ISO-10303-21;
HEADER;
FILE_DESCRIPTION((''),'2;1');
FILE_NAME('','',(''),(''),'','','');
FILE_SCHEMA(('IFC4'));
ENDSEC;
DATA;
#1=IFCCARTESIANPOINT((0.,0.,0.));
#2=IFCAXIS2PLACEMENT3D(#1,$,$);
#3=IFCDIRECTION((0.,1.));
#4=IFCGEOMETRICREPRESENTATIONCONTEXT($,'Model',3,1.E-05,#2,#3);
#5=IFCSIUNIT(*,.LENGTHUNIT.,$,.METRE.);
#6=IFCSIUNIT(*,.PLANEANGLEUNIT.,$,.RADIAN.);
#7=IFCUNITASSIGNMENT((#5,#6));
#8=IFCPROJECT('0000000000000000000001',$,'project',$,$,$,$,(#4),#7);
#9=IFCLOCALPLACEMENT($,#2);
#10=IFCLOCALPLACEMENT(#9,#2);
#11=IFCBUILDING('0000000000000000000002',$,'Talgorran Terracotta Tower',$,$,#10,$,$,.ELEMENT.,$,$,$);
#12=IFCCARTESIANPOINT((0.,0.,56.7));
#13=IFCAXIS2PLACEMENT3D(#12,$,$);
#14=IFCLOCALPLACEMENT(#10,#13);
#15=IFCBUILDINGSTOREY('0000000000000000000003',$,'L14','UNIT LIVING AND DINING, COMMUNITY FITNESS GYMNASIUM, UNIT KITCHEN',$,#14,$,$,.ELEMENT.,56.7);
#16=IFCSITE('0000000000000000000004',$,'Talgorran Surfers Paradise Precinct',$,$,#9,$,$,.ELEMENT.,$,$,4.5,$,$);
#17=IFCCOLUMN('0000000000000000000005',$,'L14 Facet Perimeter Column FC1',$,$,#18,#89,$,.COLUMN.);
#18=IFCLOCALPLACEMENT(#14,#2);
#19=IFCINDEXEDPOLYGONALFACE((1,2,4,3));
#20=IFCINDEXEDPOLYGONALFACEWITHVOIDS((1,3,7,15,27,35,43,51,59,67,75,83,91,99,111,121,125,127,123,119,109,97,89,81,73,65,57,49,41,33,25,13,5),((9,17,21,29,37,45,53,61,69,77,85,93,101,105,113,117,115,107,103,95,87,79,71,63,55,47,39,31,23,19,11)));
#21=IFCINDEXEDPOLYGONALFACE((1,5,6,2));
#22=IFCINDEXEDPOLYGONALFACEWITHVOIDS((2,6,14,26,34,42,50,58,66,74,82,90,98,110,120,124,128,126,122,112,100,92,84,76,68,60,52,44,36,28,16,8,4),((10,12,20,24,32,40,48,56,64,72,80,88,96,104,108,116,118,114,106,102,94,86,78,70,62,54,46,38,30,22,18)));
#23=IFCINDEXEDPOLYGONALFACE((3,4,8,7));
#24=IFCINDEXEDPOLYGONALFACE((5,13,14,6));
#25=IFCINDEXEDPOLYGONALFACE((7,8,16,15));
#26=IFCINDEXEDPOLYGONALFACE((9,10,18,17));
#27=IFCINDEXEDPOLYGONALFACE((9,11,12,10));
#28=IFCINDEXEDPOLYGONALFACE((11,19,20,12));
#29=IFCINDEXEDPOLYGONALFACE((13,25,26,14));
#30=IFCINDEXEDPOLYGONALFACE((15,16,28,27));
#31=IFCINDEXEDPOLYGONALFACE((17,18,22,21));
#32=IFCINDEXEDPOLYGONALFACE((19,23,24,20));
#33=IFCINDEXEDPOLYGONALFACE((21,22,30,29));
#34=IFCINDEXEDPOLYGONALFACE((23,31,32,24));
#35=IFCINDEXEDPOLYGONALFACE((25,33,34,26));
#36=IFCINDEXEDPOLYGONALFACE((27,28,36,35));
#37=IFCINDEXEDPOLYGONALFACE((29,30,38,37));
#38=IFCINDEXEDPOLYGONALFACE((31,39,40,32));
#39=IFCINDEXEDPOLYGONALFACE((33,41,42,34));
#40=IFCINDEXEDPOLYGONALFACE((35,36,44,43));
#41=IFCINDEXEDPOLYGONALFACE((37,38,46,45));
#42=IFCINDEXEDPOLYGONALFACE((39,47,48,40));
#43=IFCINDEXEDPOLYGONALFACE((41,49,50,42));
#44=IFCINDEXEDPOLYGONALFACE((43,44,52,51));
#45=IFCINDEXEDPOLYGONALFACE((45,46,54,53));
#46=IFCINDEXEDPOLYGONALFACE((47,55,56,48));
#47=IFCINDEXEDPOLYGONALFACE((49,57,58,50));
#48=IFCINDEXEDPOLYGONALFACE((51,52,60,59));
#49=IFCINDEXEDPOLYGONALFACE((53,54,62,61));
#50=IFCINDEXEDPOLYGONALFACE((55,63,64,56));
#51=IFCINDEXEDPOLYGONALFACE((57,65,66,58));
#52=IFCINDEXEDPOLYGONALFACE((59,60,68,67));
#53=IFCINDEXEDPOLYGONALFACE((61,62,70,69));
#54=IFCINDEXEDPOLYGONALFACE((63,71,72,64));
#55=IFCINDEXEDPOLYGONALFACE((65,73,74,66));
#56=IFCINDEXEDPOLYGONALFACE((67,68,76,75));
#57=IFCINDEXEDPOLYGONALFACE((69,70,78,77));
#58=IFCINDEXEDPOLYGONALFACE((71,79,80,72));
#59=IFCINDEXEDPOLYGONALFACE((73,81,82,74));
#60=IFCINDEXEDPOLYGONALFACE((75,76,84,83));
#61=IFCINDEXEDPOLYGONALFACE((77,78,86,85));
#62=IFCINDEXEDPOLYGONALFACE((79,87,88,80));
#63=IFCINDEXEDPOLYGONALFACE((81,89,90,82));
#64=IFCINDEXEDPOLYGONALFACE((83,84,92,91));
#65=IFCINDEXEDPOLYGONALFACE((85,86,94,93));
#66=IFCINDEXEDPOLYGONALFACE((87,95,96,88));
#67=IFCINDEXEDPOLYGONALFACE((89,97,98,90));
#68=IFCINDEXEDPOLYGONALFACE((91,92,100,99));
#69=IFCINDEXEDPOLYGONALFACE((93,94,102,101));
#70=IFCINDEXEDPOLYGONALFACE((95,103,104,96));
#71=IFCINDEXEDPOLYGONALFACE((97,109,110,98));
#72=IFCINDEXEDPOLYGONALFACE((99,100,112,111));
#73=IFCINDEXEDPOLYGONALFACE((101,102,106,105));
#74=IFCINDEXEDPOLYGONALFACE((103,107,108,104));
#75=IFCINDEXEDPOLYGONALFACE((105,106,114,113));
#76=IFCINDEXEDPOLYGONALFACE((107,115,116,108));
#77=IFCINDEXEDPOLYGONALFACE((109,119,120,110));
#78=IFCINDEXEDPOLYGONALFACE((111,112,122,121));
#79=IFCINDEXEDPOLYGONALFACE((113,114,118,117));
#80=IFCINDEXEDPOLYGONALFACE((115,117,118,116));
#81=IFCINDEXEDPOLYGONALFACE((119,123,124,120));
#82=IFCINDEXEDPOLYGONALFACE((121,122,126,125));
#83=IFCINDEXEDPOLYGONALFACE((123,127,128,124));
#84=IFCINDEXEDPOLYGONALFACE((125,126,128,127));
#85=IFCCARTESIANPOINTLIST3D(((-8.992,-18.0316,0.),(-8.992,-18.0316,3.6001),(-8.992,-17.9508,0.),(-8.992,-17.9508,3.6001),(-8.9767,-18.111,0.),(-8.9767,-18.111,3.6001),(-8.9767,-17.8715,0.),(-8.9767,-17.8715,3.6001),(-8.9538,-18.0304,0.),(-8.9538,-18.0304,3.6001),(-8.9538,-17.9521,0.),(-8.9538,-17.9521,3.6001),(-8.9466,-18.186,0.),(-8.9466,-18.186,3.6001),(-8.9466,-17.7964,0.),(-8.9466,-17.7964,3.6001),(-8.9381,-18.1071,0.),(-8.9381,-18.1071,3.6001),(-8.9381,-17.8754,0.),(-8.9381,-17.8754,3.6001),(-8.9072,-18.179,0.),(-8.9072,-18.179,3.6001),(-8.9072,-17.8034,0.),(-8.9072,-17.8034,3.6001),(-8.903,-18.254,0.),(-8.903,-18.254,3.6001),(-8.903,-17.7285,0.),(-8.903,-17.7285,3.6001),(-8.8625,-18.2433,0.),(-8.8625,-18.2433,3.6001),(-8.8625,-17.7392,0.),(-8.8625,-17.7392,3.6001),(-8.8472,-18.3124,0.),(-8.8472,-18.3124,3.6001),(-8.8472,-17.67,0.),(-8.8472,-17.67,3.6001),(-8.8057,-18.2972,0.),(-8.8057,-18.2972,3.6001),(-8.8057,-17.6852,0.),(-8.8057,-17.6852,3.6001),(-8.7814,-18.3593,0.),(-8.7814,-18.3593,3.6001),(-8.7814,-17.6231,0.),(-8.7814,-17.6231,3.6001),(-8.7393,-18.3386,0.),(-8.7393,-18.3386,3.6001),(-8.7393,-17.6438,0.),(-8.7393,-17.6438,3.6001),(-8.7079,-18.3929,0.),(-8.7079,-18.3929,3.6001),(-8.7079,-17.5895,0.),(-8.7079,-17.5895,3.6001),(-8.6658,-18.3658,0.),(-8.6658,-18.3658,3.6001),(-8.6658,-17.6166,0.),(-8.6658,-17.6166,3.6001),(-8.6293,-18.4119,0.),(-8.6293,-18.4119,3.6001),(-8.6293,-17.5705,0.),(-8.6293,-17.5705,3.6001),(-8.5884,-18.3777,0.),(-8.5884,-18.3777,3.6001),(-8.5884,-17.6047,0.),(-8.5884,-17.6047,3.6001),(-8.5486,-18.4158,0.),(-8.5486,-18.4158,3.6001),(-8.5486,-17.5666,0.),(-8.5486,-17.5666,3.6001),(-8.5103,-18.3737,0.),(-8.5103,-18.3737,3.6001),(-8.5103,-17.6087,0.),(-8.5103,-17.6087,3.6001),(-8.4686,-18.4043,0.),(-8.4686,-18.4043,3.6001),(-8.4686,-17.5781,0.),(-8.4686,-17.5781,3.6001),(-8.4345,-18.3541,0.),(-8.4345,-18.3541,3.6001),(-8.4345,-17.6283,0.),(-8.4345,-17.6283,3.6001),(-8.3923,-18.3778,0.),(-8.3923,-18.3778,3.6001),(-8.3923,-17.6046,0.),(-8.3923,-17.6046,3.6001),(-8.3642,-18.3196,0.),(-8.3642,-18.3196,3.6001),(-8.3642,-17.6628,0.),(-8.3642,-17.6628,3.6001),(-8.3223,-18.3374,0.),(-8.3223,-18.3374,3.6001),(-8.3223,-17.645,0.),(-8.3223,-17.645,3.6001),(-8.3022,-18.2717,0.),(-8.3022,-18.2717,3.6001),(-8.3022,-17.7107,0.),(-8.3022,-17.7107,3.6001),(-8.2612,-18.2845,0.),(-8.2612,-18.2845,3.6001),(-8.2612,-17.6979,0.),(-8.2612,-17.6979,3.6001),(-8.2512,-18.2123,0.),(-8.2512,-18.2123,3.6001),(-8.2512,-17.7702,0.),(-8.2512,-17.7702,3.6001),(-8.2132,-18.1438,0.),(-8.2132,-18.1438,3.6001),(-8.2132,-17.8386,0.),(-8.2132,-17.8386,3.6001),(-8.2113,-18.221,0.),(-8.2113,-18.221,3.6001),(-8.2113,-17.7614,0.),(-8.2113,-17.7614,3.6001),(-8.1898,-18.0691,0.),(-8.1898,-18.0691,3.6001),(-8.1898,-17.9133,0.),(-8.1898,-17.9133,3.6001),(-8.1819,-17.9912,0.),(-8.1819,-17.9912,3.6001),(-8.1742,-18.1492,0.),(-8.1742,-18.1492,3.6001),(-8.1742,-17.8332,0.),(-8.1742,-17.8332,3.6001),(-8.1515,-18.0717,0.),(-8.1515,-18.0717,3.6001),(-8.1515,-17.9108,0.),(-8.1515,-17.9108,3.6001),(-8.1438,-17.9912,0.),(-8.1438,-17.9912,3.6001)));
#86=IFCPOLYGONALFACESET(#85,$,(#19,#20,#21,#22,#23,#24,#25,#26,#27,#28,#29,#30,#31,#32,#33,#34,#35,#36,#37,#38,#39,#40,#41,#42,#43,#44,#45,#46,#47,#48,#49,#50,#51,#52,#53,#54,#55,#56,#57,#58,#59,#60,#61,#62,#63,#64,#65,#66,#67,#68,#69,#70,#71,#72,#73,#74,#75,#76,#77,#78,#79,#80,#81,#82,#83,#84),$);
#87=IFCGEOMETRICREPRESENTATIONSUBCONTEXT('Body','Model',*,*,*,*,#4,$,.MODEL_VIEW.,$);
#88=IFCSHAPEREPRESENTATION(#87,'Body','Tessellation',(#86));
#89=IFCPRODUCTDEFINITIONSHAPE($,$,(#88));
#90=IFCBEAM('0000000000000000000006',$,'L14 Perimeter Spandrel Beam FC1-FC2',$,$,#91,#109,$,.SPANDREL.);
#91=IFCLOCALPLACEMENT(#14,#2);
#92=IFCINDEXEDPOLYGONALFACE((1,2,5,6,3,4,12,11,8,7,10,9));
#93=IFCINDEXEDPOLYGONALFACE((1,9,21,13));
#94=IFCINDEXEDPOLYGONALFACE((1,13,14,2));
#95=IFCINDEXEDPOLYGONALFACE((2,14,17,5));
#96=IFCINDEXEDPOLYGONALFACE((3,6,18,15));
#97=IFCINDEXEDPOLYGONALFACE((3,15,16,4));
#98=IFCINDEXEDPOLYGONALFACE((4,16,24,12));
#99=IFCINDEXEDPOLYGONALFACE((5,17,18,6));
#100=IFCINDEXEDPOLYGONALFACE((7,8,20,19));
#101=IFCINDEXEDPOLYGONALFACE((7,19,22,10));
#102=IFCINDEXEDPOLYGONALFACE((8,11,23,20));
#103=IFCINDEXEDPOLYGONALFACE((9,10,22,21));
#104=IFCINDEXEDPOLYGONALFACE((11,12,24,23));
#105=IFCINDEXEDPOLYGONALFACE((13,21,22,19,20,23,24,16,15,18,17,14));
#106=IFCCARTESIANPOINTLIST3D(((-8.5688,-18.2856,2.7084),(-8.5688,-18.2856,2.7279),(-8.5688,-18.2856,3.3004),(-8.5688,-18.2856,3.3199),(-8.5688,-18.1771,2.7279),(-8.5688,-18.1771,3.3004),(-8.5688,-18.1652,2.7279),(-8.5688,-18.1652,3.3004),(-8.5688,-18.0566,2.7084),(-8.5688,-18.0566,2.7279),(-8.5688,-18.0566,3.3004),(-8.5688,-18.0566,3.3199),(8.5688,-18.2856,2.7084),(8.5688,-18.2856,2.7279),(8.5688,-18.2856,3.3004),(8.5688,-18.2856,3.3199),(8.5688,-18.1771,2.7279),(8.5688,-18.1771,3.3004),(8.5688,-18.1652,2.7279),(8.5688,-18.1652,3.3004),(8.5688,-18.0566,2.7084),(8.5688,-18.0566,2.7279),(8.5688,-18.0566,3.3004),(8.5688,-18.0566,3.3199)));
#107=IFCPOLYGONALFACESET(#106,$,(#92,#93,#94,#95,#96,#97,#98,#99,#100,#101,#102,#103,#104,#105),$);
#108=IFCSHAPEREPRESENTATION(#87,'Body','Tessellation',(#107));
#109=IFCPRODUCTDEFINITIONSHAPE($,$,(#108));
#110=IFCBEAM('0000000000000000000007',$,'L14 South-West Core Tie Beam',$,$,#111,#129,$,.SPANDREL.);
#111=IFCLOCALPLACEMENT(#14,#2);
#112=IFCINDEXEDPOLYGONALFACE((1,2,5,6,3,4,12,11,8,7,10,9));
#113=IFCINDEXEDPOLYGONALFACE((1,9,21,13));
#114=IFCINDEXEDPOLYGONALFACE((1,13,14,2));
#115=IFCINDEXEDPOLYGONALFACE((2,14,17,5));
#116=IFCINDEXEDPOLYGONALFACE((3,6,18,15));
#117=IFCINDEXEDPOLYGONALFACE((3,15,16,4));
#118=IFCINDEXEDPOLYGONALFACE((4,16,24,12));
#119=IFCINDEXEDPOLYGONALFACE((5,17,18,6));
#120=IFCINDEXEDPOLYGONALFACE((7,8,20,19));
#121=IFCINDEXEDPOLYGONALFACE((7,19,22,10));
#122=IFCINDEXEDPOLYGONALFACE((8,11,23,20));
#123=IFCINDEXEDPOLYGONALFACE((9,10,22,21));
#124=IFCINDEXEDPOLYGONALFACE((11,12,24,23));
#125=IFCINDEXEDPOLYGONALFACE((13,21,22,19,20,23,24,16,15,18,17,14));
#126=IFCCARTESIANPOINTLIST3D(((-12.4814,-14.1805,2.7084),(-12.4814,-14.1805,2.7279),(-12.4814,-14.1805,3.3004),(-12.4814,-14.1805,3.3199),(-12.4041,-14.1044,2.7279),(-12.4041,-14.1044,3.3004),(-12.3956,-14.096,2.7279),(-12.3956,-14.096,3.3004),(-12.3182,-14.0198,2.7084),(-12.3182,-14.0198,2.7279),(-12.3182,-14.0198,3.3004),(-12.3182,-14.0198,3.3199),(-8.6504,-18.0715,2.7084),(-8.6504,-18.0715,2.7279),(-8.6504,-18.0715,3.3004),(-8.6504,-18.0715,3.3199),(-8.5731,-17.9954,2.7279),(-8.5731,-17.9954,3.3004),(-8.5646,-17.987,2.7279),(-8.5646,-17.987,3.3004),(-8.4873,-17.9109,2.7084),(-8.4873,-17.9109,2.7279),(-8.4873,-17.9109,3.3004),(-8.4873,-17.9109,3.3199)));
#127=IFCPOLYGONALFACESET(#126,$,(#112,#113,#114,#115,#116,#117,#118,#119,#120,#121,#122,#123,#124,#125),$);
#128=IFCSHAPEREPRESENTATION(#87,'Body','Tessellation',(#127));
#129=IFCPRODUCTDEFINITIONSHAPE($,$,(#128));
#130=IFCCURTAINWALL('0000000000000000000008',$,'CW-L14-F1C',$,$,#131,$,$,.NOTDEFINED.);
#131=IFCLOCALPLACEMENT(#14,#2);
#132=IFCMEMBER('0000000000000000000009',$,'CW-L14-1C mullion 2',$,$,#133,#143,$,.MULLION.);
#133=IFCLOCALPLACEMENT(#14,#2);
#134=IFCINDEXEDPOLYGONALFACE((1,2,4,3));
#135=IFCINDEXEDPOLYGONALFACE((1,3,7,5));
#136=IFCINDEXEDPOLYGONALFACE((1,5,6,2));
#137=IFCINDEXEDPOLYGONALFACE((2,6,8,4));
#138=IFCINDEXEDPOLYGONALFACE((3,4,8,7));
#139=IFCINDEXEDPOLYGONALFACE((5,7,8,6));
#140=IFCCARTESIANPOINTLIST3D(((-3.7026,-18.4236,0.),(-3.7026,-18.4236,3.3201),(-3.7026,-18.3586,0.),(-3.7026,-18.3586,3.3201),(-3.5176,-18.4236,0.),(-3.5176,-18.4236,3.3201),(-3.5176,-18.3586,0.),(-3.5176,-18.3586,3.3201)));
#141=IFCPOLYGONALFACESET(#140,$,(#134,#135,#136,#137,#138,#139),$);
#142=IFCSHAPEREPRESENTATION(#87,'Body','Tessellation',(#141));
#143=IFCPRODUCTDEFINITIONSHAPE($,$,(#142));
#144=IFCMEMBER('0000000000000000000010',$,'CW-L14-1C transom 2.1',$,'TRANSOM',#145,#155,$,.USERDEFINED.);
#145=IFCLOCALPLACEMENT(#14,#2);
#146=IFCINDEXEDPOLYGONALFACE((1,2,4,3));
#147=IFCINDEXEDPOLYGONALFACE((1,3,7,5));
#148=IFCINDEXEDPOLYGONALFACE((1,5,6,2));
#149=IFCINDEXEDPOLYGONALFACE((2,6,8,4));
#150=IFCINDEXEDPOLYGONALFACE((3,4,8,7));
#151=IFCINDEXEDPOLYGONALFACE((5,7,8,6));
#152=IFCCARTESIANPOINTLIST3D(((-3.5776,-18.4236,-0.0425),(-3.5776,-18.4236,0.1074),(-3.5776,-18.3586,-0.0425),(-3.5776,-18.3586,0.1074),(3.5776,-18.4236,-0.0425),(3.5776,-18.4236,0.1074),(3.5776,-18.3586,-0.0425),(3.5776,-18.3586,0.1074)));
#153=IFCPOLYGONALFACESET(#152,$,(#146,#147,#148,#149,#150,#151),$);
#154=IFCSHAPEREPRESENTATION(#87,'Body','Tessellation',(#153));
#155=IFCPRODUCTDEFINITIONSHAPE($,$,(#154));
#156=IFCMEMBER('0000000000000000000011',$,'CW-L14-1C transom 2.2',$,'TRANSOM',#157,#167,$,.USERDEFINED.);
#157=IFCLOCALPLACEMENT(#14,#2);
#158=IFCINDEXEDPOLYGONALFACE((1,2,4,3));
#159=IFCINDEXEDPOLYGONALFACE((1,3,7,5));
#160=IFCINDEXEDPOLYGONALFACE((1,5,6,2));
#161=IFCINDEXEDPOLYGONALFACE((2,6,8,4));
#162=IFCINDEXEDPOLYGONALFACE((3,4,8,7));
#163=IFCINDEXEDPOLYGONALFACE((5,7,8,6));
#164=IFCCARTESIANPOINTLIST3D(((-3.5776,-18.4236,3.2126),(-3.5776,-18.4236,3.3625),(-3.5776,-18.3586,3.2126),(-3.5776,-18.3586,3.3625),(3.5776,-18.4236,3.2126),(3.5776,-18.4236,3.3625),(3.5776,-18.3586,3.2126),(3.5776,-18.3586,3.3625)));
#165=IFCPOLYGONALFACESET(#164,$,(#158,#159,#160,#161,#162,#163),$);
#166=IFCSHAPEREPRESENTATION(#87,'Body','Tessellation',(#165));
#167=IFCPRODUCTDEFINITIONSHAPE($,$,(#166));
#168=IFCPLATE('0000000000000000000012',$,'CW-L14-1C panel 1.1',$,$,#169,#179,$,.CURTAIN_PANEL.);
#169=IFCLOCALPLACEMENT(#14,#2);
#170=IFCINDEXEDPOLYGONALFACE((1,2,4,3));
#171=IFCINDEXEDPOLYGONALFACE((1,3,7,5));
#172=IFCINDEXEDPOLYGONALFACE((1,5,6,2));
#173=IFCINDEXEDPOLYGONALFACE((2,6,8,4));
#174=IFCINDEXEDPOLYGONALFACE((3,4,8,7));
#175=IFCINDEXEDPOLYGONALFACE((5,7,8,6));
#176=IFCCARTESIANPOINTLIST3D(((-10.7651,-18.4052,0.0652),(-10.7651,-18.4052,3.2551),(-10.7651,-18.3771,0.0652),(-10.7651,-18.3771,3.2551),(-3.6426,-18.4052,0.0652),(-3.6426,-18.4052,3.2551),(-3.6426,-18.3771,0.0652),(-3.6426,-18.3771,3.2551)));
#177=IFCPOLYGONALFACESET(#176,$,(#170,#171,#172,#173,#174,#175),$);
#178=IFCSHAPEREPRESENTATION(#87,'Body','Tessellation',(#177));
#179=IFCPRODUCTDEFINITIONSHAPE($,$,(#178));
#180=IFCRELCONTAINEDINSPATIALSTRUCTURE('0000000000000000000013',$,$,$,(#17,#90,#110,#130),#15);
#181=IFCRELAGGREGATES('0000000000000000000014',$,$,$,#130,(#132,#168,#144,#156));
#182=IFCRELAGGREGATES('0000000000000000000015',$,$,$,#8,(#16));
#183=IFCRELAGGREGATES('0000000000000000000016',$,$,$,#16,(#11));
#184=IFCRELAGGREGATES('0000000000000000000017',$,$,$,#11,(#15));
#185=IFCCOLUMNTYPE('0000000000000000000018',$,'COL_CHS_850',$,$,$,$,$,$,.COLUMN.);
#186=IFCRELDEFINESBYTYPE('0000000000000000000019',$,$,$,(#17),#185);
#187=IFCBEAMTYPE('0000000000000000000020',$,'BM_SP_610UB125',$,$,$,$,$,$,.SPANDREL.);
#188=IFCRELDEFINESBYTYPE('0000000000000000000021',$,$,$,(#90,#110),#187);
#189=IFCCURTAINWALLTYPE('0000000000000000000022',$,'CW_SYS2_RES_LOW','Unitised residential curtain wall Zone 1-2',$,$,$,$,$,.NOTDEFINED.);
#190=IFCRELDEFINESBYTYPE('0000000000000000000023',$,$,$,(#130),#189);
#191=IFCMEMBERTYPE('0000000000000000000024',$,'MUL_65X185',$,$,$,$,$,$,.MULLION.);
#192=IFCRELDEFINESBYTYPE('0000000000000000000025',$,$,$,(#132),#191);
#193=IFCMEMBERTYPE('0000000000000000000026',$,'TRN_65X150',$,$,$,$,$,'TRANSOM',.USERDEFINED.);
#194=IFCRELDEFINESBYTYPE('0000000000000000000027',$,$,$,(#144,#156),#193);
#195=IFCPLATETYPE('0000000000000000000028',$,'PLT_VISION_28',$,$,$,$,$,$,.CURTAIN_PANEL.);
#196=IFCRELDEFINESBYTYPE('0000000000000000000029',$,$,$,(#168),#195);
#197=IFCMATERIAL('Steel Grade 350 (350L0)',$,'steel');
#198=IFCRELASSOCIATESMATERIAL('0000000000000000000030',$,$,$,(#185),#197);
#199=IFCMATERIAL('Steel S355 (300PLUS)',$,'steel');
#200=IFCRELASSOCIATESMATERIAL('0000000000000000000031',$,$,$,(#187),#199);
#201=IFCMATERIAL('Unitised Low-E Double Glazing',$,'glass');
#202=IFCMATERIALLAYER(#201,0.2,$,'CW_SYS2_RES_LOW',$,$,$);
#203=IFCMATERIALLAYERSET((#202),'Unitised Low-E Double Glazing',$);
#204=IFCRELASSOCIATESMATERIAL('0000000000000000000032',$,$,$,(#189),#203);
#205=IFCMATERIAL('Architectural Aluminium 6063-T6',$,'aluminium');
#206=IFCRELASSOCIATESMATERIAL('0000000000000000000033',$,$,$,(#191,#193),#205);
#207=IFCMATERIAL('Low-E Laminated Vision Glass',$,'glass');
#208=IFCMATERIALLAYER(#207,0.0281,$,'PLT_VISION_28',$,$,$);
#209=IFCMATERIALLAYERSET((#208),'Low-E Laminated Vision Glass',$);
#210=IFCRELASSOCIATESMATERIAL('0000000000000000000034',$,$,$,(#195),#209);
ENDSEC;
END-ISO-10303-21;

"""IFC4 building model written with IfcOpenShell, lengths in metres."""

from ifc_helpers import new_model, si_unit, direction, frame, origin, origin_2d, place, context, subcontext, project, spatial, rectangle, hollow_circle, i_section, extrude, source, transform, mapped, material, layer, layer_set, material_profile, profile_set, type_object, type_shapes, element, aggregate, save


model = new_model("IFC4")

# Units and contexts
model_context = context("Model", 3, precision=1e-05, world=origin(), true_north=direction((0.0, 1.0)))
body_context = subcontext(model_context, "Body", "Model", "MODEL_VIEW")
ifc_project = project(units=[si_unit("LENGTHUNIT", "METRE"), si_unit("PLANEANGLEUNIT", "RADIAN")], contexts=[model_context])

# Site, building, storey
site_placement = place(None, origin())
site = spatial("IfcSite", under=ifc_project, at=site_placement, Name="Talgorran Surfers Paradise Precinct", CompositionType="ELEMENT", RefElevation=4.5)
building_placement = place(site_placement, origin())
building = spatial("IfcBuilding", under=site, at=building_placement, Name="Talgorran Terracotta Tower", CompositionType="ELEMENT")
storey_placement = place(building_placement, frame((0.0, 0.0, 56.7)))
storey = spatial("IfcBuildingStorey", under=building, at=storey_placement, Name="L14", Description="UNIT LIVING AND DINING, COMMUNITY FITNESS GYMNASIUM, UNIT KITCHEN", CompositionType="ELEMENT", Elevation=56.7)

# Column
ifc_material_1 = material(Name="Steel Grade 350 (350L0)", Category="steel")
ifc_material_profile_1 = material_profile(ifc_material_1, hollow_circle(Radius=0.425, WallThickness=0.0381, at=origin_2d()), Name="CHS850X38")
ifc_profile_set_1 = profile_set([ifc_material_profile_1], Name="Steel Grade 350 (350L0)")
column_type = type_object("IfcColumnType", Name="COL_CHS_850", PredefinedType="COLUMN", material=ifc_profile_set_1)
column_placement = place(storey_placement, frame((-8.5688, -17.9912, 0.0), z_axis=(0.0, 0.0, 1.0), x_axis=(1.0, 0.0, 0.0)))
element("IfcColumn", 1, at=column_placement, inside=storey, type_object=column_type, Name="L14 Facet Perimeter Column FC1", PredefinedType="COLUMN", context=body_context, shape_type="SweptSolid", body=[
    extrude(hollow_circle(Radius=0.425, WallThickness=0.0381, at=origin_2d()), origin(), (0.0, 0.0, 1.0), 3.6001),
])

# Beams
ifc_material_2 = material(Name="Steel S355 (300PLUS)", Category="steel")
ifc_material_profile_2 = material_profile(ifc_material_2, i_section(OverallWidth=0.229, OverallDepth=0.6116, WebThickness=0.012, FlangeThickness=0.0195, at=origin_2d()), Name="610UB125")
ifc_profile_set_2 = profile_set([ifc_material_profile_2], Name="Steel S355 (300PLUS)")
beam_type = type_object("IfcBeamType", Name="BM_SP_610UB125", PredefinedType="SPANDREL", material=ifc_profile_set_2)
beam_1_placement = place(storey_placement, frame((-8.5688, -18.1711, 3.0142), z_axis=(1.0, 0.0, 0.0), x_axis=(0.0, 1.0, 0.0)))
element("IfcBeam", 2, at=beam_1_placement, inside=storey, type_object=beam_type, Name="L14 Perimeter Spandrel Beam FC1-FC2", PredefinedType="SPANDREL", context=body_context, shape_type="SweptSolid", body=[
    extrude(i_section(OverallWidth=0.229, OverallDepth=0.6116, WebThickness=0.012, FlangeThickness=0.0195, at=origin_2d()), origin(), (0.0, 0.0, 1.0), 17.1377),
])
beam_2_placement = place(storey_placement, frame((-8.5688, -17.9912, 3.0142), z_axis=(-0.701586, 0.712585, 0.0), x_axis=(-0.712585, -0.701586, 0.0)))
element("IfcBeam", 3, at=beam_2_placement, inside=storey, type_object=beam_type, Name="L14 South-West Core Tie Beam", PredefinedType="SPANDREL", context=body_context, shape_type="SweptSolid", body=[
    extrude(i_section(OverallWidth=0.229, OverallDepth=0.6116, WebThickness=0.012, FlangeThickness=0.0195, at=origin_2d()), origin(), (0.0, 0.0, 1.0), 5.4604),
])

# Curtain wall, members, plate
ifc_material_3 = material(Name="Unitised Low-E Double Glazing", Category="glass")
ifc_layer_1 = layer(ifc_material_3, 0.2, Name="CW_SYS2_RES_LOW")
ifc_layer_set_1 = layer_set([ifc_layer_1], Name="Unitised Low-E Double Glazing")
curtain_wall_type = type_object("IfcCurtainWallType", Name="CW_SYS2_RES_LOW", Description="Unitised residential curtain wall Zone 1-2", PredefinedType="NOTDEFINED", material=ifc_layer_set_1)
curtain_wall_placement = place(storey_placement, origin())
curtain_wall = element("IfcCurtainWall", 4, at=curtain_wall_placement, inside=storey, type_object=curtain_wall_type, Name="CW-L14-F1C", PredefinedType="NOTDEFINED")
ifc_material_4 = material(Name="Architectural Aluminium 6063-T6", Category="aluminium")
ifc_material_profile_3 = material_profile(ifc_material_4, rectangle(XDim=0.0649, YDim=0.1851, at=origin_2d()), Name="CWM65X185")
ifc_profile_set_3 = profile_set([ifc_material_profile_3], Name="Architectural Aluminium 6063-T6")
member_type_1 = type_object("IfcMemberType", Name="MUL_65X185", PredefinedType="MULLION", material=ifc_profile_set_3)
member_1_placement = place(storey_placement, frame((-3.6101, -18.3911, 0.0), z_axis=(0.0, 0.0, 1.0), x_axis=(0.0, 1.0, 0.0)))
member_1 = element("IfcMember", 5, at=member_1_placement, type_object=member_type_1, Name="CW-L14-1C mullion 2", PredefinedType="MULLION", context=body_context, shape_type="SweptSolid", body=[
    extrude(rectangle(XDim=0.0649, YDim=0.1851, at=origin_2d()), origin(), (0.0, 0.0, 1.0), 3.3201),
])
ifc_material_profile_4 = material_profile(ifc_material_4, rectangle(XDim=0.0649, YDim=0.1499, at=origin_2d()), Name="CWT65X150")
ifc_profile_set_4 = profile_set([ifc_material_profile_4], Name="Architectural Aluminium 6063-T6")
member_type_2 = type_object("IfcMemberType", Name="TRN_65X150", ElementType="TRANSOM", PredefinedType="USERDEFINED", material=ifc_profile_set_4)
member_2_placement = place(storey_placement, frame((-3.5776, -18.3911, 0.0325), z_axis=(1.0, 0.0, 0.0), x_axis=(0.0, 1.0, 0.0)))
member_2 = element("IfcMember", 6, at=member_2_placement, type_object=member_type_2, Name="CW-L14-1C transom 2.1", ObjectType="TRANSOM", PredefinedType="USERDEFINED", context=body_context, shape_type="SweptSolid", body=[
    extrude(rectangle(XDim=0.0649, YDim=0.1499, at=origin_2d()), origin(), (0.0, 0.0, 1.0), 7.1553),
])
member_3_placement = place(storey_placement, frame((-3.5776, -18.3911, 3.2876), z_axis=(1.0, 0.0, 0.0), x_axis=(0.0, 1.0, 0.0)))
member_3 = element("IfcMember", 7, at=member_3_placement, type_object=member_type_2, Name="CW-L14-1C transom 2.2", ObjectType="TRANSOM", PredefinedType="USERDEFINED", context=body_context, shape_type="SweptSolid", body=[
    extrude(rectangle(XDim=0.0649, YDim=0.1499, at=origin_2d()), origin(), (0.0, 0.0, 1.0), 7.1553),
])
ifc_material_5 = material(Name="Low-E Laminated Vision Glass", Category="glass")
ifc_layer_2 = layer(ifc_material_5, 0.0281, Name="PLT_VISION_28")
ifc_layer_set_2 = layer_set([ifc_layer_2], Name="Low-E Laminated Vision Glass")
plate_type = type_object("IfcPlateType", Name="PLT_VISION_28", PredefinedType="CURTAIN_PANEL", material=ifc_layer_set_2)
shared_shape = source(origin(), body_context, "Body", "SweptSolid", [
    extrude(rectangle(XDim=7.1226, YDim=0.0281, at=origin_2d()), origin(), (0.0, 0.0, 1.0), 3.1899),
])
type_shapes(plate_type, [shared_shape])
plate_placement = place(storey_placement, frame((-7.2039, -18.3911, 0.0652), z_axis=(0.0, 0.0, 1.0), x_axis=(1.0, 0.0, 0.0)))
plate = element("IfcPlate", 8, at=plate_placement, type_object=plate_type, Name="CW-L14-1C panel 1.1", PredefinedType="CURTAIN_PANEL", context=body_context, shape_type="MappedRepresentation", body=[
    mapped(shared_shape, transform((0.0, 0.0, 0.0), scale=1.0)),
])
aggregate(curtain_wall, [member_1, plate, member_2, member_3])

save(model, "model.ifc")
